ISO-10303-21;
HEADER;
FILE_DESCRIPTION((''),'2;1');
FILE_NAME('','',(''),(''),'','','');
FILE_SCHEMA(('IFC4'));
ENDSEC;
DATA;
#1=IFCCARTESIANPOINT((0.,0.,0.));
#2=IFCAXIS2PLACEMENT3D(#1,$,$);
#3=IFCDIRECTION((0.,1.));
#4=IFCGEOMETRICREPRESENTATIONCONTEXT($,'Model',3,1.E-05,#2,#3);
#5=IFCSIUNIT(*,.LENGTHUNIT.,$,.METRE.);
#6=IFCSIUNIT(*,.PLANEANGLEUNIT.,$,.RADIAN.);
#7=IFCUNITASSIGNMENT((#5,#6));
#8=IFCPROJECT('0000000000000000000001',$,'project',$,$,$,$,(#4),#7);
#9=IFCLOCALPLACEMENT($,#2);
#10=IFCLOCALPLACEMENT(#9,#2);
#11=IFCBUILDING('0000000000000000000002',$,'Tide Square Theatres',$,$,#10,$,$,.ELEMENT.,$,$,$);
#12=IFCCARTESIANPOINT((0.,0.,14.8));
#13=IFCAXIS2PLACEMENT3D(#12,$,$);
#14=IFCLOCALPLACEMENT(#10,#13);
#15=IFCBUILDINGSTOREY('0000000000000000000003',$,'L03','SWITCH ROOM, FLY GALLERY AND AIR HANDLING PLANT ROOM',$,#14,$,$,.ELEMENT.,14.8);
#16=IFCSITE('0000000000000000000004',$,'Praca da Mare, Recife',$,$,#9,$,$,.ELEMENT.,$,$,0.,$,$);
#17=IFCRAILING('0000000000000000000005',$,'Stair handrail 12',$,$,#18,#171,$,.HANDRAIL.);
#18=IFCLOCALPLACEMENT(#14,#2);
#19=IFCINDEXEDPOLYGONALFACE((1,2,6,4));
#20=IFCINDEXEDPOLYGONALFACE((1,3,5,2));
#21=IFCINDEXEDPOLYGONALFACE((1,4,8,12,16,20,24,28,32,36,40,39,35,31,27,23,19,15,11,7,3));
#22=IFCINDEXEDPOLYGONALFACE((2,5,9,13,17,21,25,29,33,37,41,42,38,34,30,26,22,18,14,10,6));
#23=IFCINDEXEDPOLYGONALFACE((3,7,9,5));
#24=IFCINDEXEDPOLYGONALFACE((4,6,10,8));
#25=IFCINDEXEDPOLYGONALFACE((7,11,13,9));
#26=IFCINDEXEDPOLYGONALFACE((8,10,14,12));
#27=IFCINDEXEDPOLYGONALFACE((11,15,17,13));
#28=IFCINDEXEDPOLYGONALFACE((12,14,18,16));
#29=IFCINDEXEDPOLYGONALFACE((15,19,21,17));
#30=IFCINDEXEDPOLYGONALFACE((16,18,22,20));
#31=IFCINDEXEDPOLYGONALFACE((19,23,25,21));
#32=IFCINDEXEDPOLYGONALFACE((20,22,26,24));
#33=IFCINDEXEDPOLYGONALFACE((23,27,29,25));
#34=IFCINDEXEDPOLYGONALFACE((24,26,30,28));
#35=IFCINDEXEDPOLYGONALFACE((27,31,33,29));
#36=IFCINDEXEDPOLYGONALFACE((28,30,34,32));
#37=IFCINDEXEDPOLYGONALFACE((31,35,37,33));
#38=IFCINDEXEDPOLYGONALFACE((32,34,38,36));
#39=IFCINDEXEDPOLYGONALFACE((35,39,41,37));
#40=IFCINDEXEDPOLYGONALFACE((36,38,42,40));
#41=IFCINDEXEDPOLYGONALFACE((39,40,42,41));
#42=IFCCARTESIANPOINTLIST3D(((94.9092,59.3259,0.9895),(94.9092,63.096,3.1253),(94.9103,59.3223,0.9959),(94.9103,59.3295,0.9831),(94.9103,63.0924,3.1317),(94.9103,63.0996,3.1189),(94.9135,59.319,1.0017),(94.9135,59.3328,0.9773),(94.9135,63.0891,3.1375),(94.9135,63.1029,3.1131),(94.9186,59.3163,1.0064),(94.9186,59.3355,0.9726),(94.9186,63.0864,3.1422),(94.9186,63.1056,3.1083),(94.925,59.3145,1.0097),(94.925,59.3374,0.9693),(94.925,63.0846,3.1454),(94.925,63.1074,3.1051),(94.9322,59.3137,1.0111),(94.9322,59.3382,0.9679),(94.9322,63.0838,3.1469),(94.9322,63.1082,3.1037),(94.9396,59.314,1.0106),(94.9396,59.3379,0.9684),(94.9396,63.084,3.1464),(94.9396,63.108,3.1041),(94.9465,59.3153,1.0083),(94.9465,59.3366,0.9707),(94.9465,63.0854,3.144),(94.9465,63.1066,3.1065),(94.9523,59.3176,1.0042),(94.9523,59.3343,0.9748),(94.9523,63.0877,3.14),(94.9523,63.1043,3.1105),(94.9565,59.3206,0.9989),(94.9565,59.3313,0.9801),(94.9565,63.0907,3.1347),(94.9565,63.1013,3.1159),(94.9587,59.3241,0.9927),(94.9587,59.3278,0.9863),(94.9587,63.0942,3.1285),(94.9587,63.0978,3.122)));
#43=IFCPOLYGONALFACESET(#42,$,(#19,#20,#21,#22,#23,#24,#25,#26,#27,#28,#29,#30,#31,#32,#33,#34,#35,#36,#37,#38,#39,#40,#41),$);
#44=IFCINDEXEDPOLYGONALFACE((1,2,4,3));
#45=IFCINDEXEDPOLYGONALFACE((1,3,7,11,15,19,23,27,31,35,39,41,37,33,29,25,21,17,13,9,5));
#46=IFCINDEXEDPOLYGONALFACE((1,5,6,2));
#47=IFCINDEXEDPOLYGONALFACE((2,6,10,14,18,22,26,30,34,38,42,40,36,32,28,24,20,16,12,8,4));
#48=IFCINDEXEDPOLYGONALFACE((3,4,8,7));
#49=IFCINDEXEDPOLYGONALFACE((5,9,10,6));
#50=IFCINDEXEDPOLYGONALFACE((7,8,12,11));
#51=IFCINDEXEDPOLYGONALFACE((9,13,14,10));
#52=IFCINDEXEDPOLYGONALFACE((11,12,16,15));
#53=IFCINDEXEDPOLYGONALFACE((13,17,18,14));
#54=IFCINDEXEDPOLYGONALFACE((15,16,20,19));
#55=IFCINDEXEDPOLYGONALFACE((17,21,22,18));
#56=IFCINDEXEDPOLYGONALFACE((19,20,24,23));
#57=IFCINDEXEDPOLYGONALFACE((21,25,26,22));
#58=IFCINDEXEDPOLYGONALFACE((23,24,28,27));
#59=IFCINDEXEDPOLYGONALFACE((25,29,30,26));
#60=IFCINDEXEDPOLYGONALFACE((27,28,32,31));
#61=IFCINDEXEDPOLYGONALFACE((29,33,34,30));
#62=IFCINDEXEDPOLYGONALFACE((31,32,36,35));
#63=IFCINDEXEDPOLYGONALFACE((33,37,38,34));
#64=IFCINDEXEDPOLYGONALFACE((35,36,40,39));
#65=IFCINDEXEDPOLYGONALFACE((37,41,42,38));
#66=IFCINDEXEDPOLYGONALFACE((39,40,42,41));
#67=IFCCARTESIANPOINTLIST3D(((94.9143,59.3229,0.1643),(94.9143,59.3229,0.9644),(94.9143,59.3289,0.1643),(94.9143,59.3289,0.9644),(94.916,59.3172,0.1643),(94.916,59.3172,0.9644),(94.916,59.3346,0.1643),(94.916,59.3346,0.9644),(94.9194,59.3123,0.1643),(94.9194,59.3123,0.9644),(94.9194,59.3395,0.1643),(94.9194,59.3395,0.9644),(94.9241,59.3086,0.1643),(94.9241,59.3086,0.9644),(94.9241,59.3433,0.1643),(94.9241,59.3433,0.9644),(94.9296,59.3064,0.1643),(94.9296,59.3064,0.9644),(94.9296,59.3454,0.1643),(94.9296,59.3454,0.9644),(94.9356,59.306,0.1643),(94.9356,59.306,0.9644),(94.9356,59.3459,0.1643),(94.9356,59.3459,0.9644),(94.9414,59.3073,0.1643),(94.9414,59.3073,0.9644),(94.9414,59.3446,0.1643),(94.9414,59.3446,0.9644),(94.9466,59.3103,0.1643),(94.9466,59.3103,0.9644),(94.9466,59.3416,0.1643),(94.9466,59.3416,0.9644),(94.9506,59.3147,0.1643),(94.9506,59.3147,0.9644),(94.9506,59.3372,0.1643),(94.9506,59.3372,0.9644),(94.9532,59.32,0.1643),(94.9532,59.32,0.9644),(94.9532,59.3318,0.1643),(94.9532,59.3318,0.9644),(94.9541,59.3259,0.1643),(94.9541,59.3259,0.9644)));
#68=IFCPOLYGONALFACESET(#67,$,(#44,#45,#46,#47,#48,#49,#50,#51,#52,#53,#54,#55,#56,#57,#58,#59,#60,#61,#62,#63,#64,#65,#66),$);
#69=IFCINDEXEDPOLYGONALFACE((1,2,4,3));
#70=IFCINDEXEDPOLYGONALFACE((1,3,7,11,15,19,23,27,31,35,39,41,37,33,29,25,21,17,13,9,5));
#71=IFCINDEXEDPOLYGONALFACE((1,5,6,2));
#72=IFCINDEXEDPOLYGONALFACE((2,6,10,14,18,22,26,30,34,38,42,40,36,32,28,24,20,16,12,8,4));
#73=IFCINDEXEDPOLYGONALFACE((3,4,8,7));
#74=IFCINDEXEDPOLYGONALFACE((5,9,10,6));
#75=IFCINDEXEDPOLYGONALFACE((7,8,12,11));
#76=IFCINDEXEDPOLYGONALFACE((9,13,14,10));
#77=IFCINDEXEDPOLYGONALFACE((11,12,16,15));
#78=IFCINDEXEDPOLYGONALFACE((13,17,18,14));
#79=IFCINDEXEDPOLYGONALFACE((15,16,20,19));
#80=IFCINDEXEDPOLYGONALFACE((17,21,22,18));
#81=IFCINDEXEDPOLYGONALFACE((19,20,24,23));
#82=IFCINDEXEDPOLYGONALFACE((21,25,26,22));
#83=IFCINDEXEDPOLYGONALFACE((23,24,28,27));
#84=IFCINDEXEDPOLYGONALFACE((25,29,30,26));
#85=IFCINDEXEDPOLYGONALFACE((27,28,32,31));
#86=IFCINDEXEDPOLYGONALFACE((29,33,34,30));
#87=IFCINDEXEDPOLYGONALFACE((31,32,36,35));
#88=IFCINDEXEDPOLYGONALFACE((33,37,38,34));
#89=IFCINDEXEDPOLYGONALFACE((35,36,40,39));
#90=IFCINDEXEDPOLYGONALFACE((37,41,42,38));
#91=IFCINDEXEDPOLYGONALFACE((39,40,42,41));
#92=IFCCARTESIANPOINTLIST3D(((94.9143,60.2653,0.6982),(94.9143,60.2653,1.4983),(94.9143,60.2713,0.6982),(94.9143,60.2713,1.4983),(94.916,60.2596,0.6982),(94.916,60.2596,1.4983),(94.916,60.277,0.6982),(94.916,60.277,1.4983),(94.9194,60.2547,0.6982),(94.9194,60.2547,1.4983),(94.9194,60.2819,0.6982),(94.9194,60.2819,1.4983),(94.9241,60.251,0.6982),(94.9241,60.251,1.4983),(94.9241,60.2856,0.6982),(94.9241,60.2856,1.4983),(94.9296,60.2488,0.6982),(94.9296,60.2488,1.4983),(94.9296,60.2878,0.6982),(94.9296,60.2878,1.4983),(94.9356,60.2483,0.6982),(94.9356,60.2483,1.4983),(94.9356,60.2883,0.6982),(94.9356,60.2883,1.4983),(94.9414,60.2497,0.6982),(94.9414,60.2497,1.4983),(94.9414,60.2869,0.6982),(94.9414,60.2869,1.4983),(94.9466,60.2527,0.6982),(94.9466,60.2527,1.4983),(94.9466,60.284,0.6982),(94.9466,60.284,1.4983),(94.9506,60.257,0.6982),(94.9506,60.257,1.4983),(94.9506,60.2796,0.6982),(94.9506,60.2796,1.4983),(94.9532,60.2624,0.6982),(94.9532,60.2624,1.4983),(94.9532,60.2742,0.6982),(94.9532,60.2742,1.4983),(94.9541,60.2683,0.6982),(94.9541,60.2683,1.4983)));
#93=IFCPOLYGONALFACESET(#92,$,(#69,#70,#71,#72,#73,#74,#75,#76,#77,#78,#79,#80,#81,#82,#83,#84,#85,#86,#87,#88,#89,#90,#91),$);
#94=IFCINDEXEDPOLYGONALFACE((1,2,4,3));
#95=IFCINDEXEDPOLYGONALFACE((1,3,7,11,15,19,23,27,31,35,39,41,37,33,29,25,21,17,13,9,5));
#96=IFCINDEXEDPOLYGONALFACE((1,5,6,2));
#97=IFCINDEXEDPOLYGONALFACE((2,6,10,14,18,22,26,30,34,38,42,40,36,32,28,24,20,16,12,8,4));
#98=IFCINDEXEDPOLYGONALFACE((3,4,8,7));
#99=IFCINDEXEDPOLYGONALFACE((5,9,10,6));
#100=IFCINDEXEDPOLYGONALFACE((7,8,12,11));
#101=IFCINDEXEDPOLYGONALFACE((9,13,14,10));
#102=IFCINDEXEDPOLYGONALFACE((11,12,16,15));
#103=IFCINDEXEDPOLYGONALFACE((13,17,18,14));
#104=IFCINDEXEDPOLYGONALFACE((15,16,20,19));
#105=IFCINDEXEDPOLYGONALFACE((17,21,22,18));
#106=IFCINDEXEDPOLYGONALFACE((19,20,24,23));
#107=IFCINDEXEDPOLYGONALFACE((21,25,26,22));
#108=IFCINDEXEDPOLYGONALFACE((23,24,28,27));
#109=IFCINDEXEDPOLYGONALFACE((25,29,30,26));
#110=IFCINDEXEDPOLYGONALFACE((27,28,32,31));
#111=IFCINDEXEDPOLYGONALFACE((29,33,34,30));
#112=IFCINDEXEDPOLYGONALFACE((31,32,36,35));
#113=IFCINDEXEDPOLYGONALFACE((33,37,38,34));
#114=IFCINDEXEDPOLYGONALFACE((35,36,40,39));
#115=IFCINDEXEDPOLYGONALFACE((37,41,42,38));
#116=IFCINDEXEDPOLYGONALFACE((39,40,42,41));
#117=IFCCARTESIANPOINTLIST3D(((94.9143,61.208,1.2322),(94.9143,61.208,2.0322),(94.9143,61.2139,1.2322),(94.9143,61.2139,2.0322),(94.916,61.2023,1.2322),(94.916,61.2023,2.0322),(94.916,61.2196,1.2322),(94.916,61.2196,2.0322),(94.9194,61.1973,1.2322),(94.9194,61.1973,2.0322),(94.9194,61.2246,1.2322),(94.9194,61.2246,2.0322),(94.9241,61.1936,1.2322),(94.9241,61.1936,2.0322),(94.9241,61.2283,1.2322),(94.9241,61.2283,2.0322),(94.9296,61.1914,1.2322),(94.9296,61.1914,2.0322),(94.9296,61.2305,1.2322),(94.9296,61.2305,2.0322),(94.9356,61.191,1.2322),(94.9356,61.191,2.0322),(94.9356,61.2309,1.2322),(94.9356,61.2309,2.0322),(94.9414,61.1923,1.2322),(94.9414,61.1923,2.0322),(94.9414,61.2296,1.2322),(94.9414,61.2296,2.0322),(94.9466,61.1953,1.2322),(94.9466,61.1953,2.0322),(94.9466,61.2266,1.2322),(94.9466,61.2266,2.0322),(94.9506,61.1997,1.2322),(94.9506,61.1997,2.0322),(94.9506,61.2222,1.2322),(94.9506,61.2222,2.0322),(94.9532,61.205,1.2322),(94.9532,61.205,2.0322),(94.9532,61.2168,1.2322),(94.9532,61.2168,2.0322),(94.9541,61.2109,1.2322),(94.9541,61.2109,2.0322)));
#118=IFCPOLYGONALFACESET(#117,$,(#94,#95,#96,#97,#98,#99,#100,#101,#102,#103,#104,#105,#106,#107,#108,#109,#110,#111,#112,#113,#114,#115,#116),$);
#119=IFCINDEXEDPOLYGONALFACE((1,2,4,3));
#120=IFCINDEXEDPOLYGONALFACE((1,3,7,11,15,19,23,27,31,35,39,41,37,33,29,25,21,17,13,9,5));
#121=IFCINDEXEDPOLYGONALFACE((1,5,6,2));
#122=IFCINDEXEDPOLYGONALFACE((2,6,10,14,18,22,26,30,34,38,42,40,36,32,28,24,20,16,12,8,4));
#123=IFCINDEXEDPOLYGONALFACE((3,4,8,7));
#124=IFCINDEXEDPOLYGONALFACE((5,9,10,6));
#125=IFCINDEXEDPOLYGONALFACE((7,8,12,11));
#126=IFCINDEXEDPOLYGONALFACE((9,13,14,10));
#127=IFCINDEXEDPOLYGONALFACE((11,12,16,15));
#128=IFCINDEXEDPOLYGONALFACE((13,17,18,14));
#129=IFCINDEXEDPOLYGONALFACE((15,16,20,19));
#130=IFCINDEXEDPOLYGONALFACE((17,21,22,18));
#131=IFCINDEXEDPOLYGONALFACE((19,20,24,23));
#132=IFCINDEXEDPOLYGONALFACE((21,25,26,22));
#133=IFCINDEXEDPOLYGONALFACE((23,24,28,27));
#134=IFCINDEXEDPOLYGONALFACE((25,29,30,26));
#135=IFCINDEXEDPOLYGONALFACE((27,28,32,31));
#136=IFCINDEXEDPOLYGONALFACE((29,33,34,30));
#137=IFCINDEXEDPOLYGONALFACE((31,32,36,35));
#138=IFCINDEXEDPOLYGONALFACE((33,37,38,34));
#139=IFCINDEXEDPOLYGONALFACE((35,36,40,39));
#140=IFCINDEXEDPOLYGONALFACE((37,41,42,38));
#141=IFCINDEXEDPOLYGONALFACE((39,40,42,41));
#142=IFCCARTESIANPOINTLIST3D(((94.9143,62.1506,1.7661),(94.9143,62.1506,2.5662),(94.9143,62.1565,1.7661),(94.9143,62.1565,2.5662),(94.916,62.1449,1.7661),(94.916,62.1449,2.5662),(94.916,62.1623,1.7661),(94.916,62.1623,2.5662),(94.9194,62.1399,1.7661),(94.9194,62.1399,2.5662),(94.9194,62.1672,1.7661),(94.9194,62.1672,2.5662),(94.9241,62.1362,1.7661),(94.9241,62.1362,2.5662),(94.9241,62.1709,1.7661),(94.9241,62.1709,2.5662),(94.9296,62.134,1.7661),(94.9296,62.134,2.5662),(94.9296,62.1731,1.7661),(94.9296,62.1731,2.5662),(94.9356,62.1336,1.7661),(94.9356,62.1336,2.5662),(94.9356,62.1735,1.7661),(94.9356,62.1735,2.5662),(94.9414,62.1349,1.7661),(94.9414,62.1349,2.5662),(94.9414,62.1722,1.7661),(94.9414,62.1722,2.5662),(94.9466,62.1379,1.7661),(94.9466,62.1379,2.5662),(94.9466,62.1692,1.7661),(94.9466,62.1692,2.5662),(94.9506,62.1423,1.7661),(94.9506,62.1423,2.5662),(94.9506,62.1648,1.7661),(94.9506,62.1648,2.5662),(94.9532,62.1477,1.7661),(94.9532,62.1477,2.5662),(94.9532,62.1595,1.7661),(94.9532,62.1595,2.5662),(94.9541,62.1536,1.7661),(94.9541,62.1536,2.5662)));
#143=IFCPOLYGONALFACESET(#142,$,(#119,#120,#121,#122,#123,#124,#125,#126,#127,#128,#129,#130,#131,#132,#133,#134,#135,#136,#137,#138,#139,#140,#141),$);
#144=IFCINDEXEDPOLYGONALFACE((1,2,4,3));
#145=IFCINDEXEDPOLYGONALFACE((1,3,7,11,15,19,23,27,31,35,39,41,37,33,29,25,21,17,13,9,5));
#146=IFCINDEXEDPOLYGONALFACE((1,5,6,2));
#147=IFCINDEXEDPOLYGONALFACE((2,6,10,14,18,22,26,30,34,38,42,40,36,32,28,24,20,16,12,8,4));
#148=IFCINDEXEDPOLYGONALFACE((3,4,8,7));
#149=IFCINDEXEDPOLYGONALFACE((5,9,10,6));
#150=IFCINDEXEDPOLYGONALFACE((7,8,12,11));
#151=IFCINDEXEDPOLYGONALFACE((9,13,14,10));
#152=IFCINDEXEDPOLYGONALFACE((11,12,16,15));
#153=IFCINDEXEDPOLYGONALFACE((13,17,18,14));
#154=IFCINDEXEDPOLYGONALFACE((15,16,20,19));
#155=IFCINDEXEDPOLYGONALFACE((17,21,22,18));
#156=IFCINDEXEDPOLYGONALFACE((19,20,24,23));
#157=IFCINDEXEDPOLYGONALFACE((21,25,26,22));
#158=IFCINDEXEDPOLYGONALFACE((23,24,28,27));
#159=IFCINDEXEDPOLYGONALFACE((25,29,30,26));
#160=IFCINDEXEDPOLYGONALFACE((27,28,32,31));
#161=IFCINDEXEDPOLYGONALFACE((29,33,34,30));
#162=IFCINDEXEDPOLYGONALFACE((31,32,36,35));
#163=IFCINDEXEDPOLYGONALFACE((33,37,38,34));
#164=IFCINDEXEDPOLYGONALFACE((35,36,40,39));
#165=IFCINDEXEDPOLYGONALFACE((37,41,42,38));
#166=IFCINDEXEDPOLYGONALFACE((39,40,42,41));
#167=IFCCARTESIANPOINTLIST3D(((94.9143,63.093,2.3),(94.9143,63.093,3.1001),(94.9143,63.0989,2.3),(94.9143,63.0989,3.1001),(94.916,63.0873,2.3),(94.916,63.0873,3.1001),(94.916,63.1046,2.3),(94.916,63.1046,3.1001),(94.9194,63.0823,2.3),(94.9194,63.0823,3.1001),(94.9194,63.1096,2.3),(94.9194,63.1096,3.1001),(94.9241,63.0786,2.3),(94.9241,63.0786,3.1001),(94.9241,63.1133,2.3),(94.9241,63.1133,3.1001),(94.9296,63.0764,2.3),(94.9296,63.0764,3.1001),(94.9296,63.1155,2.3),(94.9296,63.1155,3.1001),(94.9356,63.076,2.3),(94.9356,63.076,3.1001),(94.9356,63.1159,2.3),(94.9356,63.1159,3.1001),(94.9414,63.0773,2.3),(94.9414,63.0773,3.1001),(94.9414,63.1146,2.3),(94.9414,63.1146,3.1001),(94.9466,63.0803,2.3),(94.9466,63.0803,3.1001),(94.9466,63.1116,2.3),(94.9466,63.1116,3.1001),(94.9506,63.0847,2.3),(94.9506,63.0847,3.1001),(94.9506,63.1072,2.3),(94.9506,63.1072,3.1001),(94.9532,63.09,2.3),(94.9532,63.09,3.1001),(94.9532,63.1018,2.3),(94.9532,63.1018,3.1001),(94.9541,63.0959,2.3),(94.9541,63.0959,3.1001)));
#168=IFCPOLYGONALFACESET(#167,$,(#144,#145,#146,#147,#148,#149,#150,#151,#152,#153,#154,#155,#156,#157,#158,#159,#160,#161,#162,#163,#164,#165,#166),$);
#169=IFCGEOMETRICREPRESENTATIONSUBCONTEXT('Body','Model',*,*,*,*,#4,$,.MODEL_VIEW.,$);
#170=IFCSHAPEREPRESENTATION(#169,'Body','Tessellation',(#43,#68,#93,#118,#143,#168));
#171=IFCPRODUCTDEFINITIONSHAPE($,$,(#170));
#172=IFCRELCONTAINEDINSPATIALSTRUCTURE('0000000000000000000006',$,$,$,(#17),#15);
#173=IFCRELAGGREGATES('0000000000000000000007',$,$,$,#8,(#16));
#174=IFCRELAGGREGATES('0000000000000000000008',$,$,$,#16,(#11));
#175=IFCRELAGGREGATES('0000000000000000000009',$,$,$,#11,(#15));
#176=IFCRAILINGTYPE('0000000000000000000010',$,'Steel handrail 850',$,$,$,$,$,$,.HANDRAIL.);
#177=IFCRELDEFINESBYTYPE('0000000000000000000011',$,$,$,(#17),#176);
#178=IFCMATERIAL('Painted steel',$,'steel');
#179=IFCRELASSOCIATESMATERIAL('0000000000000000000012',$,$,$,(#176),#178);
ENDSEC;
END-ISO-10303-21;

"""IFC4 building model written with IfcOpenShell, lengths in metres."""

from ifc_helpers import new_model, si_unit, direction, frame, origin, origin_2d, place, context, subcontext, project, spatial, circle, extrude, material, type_object, element, save


model = new_model("IFC4")

# Units and contexts
model_context = context("Model", 3, precision=1e-05, world=origin(), true_north=direction((0.0, 1.0)))
body_context = subcontext(model_context, "Body", "Model", "MODEL_VIEW")
ifc_project = project(units=[si_unit("LENGTHUNIT", "METRE"), si_unit("PLANEANGLEUNIT", "RADIAN")], contexts=[model_context])

# Site, building, storey
site_placement = place(None, origin())
site = spatial("IfcSite", under=ifc_project, at=site_placement, Name="Praca da Mare, Recife", CompositionType="ELEMENT", RefElevation=0.0)
building_placement = place(site_placement, origin())
building = spatial("IfcBuilding", under=site, at=building_placement, Name="Tide Square Theatres", CompositionType="ELEMENT")
storey_placement = place(building_placement, frame((0.0, 0.0, 14.8)))
storey = spatial("IfcBuildingStorey", under=building, at=storey_placement, Name="L03", Description="SWITCH ROOM, FLY GALLERY AND AIR HANDLING PLANT ROOM", CompositionType="ELEMENT", Elevation=14.8)

# Railing
ifc_material_1 = material(Name="Painted steel", Category="steel")
railing_type_1 = type_object("IfcRailingType", Name="Steel handrail 850", PredefinedType="HANDRAIL", material=ifc_material_1)
for number, where, name in (
    (1, (94.9341, 59.3259, 0.1643), "Stair handrail 12"),
):
    element("IfcRailing", number, at=place(storey_placement, frame(where)), inside=storey, type_object=railing_type_1, Name=name, PredefinedType="HANDRAIL", context=body_context, shape_type="SweptSolid", body=[
        extrude(circle(Radius=0.0249, at=origin_2d()), frame((0.0, 0.0, 0.8252), z_axis=(0.0, 0.870082, 0.492907), x_axis=(-1.0, 0.0, 0.0)), (0.0, 0.0, 1.0), 4.333),
        extrude(circle(Radius=0.02, at=origin_2d()), origin(), (0.0, 0.0, 1.0), 0.8),
        extrude(circle(Radius=0.02, at=origin_2d()), frame((0.0, 0.9424, 0.5339)), (0.0, 0.0, 1.0), 0.8),
        extrude(circle(Radius=0.02, at=origin_2d()), frame((0.0, 1.885, 1.0679)), (0.0, 0.0, 1.0), 0.8),
        extrude(circle(Radius=0.02, at=origin_2d()), frame((0.0, 2.8276, 1.6018)), (0.0, 0.0, 1.0), 0.8),
        extrude(circle(Radius=0.02, at=origin_2d()), frame((0.0, 3.77, 2.1357)), (0.0, 0.0, 1.0), 0.8),
    ])

save(model, "model.ifc")
